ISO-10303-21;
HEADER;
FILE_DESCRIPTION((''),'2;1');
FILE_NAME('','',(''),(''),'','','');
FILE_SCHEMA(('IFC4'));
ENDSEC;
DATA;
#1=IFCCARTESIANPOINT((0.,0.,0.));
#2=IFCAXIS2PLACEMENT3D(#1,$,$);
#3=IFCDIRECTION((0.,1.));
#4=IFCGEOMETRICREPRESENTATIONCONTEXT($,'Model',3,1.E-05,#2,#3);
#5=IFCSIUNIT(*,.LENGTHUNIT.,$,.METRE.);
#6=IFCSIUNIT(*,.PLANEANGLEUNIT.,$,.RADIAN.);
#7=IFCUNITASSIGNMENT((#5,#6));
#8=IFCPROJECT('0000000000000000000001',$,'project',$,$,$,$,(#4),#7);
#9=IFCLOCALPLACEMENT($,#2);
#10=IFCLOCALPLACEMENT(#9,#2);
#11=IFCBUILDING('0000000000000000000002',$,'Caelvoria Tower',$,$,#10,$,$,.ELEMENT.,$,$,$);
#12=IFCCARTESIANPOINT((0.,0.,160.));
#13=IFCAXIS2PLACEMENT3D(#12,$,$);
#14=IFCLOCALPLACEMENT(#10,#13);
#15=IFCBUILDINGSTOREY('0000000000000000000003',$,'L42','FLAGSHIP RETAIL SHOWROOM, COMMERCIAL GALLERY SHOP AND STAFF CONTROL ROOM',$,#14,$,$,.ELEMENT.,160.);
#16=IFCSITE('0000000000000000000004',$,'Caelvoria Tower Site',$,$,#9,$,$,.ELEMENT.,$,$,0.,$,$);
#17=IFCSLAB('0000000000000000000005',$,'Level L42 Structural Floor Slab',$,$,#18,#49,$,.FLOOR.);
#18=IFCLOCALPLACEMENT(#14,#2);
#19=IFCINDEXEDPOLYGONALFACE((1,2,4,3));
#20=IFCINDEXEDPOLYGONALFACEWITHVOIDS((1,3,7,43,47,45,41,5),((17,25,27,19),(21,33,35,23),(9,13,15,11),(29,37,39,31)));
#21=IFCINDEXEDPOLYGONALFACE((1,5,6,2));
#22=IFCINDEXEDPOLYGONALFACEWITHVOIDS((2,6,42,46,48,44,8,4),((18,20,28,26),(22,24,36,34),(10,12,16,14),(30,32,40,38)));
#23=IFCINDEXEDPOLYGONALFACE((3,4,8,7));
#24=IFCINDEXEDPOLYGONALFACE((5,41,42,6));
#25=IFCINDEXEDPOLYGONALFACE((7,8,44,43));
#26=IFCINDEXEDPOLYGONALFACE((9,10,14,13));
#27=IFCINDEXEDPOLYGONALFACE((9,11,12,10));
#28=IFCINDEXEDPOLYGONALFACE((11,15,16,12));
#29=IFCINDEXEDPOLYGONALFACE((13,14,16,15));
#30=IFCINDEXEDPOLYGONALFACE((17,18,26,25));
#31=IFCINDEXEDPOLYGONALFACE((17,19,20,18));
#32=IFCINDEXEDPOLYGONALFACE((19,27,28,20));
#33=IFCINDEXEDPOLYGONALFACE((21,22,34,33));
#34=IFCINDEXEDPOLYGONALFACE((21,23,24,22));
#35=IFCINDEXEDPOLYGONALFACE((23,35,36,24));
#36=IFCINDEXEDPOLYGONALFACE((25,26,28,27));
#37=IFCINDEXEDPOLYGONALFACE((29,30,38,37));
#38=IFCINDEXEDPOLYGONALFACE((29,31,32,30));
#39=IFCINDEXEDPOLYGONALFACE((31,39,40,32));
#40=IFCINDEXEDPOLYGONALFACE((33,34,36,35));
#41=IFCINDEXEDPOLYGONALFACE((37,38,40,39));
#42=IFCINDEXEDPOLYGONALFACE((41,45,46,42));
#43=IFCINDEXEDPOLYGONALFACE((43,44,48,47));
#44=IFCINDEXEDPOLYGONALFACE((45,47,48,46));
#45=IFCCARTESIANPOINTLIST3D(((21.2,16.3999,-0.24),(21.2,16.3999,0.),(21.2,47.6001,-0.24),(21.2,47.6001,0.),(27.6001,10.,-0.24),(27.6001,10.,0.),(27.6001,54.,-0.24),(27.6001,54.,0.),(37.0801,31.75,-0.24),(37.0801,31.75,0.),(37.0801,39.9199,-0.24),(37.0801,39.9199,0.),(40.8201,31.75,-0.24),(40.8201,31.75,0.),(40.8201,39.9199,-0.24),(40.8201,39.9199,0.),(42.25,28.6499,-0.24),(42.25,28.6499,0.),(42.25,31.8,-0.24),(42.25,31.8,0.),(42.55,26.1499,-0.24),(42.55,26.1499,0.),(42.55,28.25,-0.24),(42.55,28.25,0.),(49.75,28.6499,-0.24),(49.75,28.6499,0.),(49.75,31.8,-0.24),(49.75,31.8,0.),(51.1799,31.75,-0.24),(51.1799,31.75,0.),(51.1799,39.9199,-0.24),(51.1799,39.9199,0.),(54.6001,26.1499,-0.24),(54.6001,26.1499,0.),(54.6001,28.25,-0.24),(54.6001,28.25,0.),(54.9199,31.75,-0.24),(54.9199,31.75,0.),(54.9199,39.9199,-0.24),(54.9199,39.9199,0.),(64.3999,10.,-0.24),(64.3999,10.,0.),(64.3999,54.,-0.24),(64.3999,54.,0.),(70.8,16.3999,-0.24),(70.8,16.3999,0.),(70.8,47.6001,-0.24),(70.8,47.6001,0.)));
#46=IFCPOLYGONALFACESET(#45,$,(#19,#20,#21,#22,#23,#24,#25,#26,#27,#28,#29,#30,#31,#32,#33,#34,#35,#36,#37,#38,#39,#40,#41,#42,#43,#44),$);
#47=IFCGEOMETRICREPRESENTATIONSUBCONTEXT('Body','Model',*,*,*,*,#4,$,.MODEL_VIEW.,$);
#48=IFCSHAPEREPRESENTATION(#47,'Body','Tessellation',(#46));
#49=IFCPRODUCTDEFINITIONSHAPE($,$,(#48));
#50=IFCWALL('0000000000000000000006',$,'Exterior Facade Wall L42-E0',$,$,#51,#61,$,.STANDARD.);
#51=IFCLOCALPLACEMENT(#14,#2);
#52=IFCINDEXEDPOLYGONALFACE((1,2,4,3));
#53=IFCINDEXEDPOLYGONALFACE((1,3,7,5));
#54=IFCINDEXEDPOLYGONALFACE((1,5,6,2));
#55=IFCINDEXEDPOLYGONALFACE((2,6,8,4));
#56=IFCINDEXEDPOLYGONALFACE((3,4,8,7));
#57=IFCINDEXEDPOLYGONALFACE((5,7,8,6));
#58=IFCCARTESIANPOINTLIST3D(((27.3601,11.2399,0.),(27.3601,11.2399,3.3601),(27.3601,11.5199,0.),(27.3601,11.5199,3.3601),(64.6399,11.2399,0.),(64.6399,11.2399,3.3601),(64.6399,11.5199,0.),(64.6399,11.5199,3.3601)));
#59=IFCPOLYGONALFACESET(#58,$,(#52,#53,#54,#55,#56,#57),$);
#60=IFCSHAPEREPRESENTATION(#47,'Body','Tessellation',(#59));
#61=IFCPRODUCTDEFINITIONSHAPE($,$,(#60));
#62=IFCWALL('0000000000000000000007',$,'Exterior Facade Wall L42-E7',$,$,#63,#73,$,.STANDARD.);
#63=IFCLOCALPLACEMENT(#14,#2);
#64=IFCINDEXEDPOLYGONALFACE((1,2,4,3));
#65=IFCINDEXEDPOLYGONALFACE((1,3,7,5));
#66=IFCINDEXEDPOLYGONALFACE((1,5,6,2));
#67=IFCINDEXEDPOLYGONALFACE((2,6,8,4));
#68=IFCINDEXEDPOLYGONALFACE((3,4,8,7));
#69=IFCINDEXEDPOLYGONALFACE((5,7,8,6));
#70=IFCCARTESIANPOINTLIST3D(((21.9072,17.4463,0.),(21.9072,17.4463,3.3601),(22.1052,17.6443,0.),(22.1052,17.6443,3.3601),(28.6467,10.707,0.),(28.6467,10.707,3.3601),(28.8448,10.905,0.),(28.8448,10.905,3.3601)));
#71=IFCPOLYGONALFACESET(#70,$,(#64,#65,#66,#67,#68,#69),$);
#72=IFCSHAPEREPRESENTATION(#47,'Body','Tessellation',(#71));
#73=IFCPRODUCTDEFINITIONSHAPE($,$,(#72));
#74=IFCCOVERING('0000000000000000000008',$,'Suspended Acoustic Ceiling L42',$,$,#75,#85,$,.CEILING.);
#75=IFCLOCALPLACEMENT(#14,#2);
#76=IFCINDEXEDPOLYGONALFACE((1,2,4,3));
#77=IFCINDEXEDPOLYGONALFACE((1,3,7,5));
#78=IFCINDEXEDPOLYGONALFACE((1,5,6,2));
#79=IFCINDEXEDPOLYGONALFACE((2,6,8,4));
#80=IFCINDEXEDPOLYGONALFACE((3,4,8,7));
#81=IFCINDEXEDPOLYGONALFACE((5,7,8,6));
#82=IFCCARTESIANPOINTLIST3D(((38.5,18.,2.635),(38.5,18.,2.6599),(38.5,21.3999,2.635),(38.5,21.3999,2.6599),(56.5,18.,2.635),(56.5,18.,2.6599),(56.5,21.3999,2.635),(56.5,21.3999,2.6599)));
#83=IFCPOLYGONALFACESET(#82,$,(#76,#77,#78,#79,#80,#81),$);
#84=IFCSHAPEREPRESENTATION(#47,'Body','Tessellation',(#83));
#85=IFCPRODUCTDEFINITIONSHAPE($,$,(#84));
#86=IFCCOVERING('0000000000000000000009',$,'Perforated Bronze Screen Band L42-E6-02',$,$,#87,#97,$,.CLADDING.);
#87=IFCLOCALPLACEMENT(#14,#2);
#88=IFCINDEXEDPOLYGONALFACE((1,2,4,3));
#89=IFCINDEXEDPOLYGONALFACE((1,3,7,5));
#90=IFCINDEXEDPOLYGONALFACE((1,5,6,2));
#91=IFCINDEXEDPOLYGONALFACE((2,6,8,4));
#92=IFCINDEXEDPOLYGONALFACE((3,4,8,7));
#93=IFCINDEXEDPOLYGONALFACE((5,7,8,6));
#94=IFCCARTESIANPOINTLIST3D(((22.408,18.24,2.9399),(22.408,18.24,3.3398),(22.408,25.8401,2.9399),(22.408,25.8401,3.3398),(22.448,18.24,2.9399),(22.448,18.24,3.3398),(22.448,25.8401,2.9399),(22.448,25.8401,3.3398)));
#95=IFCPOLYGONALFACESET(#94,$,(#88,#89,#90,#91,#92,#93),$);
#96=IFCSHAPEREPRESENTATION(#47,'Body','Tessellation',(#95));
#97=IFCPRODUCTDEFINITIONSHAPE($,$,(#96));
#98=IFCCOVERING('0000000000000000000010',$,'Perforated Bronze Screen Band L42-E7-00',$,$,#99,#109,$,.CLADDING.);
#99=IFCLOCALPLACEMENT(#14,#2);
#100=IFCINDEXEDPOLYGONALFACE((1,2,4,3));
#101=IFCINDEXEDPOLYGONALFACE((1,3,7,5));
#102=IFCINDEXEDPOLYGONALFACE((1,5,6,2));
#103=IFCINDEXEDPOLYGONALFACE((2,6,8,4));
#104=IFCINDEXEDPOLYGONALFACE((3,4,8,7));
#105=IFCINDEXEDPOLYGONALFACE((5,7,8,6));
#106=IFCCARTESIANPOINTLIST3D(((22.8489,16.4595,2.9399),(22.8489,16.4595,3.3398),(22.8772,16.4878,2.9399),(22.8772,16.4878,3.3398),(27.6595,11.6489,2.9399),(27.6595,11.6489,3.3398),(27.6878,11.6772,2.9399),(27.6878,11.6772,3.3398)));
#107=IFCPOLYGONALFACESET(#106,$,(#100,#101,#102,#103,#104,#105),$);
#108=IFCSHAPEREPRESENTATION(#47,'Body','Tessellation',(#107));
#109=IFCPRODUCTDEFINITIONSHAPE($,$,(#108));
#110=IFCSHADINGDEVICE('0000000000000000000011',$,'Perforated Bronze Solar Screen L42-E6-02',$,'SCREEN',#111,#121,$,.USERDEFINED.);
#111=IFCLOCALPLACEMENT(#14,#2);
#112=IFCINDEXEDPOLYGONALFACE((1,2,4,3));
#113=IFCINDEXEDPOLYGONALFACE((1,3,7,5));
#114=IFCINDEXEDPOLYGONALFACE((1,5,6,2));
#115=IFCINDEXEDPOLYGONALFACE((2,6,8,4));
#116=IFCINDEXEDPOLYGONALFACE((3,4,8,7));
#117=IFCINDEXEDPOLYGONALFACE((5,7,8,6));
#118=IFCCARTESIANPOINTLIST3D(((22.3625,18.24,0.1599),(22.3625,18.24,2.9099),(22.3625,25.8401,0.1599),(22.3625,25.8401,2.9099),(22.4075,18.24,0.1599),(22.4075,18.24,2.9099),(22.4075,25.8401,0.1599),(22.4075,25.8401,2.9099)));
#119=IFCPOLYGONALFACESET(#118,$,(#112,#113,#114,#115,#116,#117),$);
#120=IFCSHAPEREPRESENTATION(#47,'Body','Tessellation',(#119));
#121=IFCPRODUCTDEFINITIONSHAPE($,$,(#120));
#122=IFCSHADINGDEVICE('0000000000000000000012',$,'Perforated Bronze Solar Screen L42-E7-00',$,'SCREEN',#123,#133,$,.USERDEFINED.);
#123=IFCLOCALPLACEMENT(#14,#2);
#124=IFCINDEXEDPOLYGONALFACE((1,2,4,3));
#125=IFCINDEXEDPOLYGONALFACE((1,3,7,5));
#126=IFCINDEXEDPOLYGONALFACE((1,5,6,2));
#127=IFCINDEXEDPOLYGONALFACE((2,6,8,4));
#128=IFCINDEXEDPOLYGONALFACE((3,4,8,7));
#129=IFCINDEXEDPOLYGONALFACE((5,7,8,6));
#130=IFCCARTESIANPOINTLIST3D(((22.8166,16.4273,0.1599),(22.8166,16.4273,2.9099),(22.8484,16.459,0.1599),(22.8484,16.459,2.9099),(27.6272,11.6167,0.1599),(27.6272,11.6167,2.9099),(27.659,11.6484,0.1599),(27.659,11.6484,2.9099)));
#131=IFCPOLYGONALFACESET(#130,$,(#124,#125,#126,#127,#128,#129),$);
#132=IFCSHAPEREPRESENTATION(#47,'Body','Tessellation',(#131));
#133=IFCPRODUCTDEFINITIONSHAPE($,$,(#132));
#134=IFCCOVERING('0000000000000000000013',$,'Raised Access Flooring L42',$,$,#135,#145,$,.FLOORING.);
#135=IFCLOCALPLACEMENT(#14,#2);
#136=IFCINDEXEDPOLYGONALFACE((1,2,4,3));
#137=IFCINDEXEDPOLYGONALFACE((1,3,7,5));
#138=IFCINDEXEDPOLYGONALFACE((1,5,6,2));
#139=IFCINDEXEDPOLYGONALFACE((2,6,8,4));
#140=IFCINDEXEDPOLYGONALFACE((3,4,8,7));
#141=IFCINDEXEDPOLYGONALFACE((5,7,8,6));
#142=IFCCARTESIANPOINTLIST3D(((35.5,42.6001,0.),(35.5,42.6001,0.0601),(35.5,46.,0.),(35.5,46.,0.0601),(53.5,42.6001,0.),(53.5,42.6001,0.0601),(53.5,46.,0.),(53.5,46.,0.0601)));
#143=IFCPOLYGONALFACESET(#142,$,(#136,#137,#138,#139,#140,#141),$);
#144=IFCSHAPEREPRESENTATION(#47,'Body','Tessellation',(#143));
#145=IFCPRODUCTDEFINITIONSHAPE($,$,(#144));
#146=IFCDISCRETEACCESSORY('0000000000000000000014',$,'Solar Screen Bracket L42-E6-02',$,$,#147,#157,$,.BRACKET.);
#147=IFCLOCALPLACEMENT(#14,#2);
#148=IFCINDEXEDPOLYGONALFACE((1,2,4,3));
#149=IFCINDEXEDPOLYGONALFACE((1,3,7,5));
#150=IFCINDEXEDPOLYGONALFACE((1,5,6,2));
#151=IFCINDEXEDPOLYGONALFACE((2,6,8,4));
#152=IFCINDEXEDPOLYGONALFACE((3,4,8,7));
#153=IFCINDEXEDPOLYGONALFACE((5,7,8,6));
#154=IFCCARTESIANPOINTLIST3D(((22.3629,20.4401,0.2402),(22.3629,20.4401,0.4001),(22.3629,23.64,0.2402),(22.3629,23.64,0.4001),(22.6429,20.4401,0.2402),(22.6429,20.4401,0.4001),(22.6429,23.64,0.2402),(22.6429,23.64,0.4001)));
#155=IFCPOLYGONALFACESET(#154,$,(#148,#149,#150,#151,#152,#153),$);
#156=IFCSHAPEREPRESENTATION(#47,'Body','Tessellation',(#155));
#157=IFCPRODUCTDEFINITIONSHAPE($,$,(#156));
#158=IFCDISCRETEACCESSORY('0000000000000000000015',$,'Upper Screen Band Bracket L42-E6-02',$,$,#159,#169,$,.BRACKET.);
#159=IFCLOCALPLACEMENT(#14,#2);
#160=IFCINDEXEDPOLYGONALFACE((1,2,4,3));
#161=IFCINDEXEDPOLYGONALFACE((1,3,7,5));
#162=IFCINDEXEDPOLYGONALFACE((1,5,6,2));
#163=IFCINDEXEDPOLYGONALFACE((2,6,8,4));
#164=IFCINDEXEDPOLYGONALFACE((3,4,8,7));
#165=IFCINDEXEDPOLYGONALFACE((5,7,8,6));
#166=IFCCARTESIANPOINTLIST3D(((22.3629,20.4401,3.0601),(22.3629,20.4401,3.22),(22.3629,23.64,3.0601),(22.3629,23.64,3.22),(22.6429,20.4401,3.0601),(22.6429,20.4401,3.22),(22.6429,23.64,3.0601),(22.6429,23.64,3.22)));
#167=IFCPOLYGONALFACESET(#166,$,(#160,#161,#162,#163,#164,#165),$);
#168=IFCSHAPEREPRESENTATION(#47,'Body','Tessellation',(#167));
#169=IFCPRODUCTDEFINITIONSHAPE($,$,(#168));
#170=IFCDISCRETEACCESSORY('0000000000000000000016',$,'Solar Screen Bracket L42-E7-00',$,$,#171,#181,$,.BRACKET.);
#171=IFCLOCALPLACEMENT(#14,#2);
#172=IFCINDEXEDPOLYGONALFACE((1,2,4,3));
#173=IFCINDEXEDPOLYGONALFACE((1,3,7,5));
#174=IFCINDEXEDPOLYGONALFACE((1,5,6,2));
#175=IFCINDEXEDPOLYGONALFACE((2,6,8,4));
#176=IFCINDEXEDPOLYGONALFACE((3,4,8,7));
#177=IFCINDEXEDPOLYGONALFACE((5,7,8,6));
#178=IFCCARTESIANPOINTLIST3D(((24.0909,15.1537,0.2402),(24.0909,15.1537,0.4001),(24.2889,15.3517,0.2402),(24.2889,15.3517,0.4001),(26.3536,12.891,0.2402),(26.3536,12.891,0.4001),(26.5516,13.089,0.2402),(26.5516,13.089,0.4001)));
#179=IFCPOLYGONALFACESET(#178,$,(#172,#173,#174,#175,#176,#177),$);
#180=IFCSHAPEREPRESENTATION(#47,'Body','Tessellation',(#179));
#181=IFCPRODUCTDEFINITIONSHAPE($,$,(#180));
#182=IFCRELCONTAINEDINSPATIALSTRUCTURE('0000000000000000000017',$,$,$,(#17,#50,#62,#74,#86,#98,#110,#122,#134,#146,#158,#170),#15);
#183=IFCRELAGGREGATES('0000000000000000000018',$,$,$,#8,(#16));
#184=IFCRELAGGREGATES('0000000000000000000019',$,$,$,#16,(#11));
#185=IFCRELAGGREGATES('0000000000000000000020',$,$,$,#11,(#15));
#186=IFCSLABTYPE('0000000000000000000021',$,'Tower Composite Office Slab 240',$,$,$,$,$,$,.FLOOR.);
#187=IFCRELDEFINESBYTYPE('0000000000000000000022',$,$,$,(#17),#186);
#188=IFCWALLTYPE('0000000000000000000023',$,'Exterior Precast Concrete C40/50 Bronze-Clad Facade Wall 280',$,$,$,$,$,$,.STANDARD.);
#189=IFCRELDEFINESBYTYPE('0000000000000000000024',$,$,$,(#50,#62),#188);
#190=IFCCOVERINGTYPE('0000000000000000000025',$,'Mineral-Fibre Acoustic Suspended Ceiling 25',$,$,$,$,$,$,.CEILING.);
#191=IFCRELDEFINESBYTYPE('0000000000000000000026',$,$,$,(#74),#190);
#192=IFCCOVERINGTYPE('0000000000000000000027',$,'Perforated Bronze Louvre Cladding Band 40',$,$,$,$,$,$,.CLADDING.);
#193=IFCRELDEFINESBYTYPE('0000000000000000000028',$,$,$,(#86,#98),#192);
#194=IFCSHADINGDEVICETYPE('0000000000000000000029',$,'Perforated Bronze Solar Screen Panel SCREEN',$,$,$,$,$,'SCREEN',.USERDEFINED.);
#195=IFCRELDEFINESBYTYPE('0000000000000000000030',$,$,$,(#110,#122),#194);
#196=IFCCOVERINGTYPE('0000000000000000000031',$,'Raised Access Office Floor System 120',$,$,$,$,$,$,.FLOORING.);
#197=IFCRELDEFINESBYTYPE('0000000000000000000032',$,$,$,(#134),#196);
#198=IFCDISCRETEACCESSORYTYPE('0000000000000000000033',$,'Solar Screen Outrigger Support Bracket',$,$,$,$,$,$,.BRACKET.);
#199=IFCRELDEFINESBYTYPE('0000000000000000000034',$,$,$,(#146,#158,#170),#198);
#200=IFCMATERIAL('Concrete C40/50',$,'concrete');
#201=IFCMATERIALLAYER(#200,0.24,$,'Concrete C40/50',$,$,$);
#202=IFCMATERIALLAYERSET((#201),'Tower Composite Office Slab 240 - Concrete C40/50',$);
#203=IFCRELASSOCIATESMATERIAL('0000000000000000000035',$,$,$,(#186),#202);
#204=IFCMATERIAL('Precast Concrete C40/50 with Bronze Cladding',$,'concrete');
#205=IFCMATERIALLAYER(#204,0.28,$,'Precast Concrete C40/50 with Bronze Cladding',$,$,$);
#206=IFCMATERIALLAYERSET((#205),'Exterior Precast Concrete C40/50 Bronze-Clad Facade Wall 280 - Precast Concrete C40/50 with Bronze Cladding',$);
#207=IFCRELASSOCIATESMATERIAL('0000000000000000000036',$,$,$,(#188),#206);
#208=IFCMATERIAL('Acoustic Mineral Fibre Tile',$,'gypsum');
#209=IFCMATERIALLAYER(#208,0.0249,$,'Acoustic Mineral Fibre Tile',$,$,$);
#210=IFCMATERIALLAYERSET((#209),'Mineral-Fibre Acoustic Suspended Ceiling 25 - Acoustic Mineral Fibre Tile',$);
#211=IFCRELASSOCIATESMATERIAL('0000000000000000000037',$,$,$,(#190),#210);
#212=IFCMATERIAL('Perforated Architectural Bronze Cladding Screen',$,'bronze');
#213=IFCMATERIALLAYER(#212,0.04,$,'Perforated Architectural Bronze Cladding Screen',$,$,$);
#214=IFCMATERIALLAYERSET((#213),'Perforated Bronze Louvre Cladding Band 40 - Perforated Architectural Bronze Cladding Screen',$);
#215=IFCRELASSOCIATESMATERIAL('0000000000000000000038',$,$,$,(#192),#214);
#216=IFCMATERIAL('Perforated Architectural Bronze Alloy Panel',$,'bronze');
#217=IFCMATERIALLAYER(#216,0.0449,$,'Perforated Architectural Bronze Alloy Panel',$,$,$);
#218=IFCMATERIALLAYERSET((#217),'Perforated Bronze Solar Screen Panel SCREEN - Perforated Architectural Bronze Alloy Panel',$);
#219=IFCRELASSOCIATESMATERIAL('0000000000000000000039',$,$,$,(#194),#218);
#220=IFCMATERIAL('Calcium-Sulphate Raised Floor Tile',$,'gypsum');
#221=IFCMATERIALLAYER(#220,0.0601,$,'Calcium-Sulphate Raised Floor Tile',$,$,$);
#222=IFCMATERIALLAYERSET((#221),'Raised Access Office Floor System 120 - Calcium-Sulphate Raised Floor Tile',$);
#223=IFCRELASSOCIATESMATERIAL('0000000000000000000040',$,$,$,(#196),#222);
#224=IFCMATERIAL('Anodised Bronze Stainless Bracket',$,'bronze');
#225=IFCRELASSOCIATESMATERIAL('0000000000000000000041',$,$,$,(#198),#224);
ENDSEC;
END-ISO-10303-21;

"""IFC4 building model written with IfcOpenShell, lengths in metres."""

from ifc_helpers import new_model, si_unit, direction, frame, frame_2d, origin, origin_2d, place, context, subcontext, project, spatial, polyline, rectangle, outline, extrude, material, layer, layer_set, type_object, element, save


model = new_model("IFC4")

# Units and contexts
model_context = context("Model", 3, precision=1e-05, world=origin(), true_north=direction((0.0, 1.0)))
body_context = subcontext(model_context, "Body", "Model", "MODEL_VIEW")
ifc_project = project(units=[si_unit("LENGTHUNIT", "METRE"), si_unit("PLANEANGLEUNIT", "RADIAN")], contexts=[model_context])

# Site, building, storey
site_placement = place(None, origin())
site = spatial("IfcSite", under=ifc_project, at=site_placement, Name="Caelvoria Tower Site", CompositionType="ELEMENT", RefElevation=0.0)
building_placement = place(site_placement, origin())
building = spatial("IfcBuilding", under=site, at=building_placement, Name="Caelvoria Tower", CompositionType="ELEMENT")
storey_placement = place(building_placement, frame((0.0, 0.0, 160.0)))
storey = spatial("IfcBuildingStorey", under=building, at=storey_placement, Name="L42", Description="FLAGSHIP RETAIL SHOWROOM, COMMERCIAL GALLERY SHOP AND STAFF CONTROL ROOM", CompositionType="ELEMENT", Elevation=160.0)

# Shared definitions
ifc_material_1 = material(Name="Concrete C40/50", Category="concrete")

# Slab
ifc_layer_1 = layer(ifc_material_1, 0.24, Name="Concrete C40/50")
ifc_layer_set_1 = layer_set([ifc_layer_1], Name="Tower Composite Office Slab 240 - Concrete C40/50")
slab_type_1 = type_object("IfcSlabType", Name="Tower Composite Office Slab 240", PredefinedType="FLOOR", material=ifc_layer_set_1)
slab_1_placement = place(storey_placement, frame((0.0, 0.0, -0.24)))
element("IfcSlab", 1, at=slab_1_placement, inside=storey, type_object=slab_type_1, Name="Level L42 Structural Floor Slab", PredefinedType="FLOOR", context=body_context, shape_type="SweptSolid", body=[
    extrude(outline(polyline([(27.6001, 10.0), (64.3999, 10.0), (70.8, 16.3999), (70.8, 47.6001), (64.3999, 54.0), (27.6001, 54.0), (21.2, 47.6001), (21.2, 16.3999), (27.6001, 10.0)]), holes=[polyline([(37.0801, 31.75), (40.8201, 31.75), (40.8201, 39.9199), (37.0801, 39.9199), (37.0801, 31.75)]), polyline([(51.1799, 31.75), (54.9199, 31.75), (54.9199, 39.9199), (51.1799, 39.9199), (51.1799, 31.75)]), polyline([(42.25, 28.6499), (49.75, 28.6499), (49.75, 31.8), (42.25, 31.8), (42.25, 28.6499)]), polyline([(42.55, 26.1499), (54.6001, 26.1499), (54.6001, 28.25), (42.55, 28.25), (42.55, 26.1499)])]), origin(), (0.0, 0.0, 1.0), 0.24),
])

# Walls
ifc_material_2 = material(Name="Precast Concrete C40/50 with Bronze Cladding", Category="concrete")
ifc_layer_2 = layer(ifc_material_2, 0.28, Name="Precast Concrete C40/50 with Bronze Cladding")
ifc_layer_set_2 = layer_set([ifc_layer_2], Name="Exterior Precast Concrete C40/50 Bronze-Clad Facade Wall 280 - Precast Concrete C40/50 with Bronze Cladding")
wall_type = type_object("IfcWallType", Name="Exterior Precast Concrete C40/50 Bronze-Clad Facade Wall 280", PredefinedType="STANDARD", material=ifc_layer_set_2)
wall_1_placement = place(storey_placement, frame((27.3601, 11.3799, 0.0), z_axis=(0.0, 0.0, 1.0), x_axis=(1.0, 0.0, 0.0)))
element("IfcWall", 2, at=wall_1_placement, inside=storey, type_object=wall_type, Name="Exterior Facade Wall L42-E0", PredefinedType="STANDARD", context=body_context, shape_type="SweptSolid", body=[
    extrude(rectangle(XDim=37.2798, YDim=0.28, at=frame_2d((18.6399, 0.0))), origin(), (0.0, 0.0, 1.0), 3.3601),
])
wall_2_placement = place(storey_placement, frame((22.0061, 17.5454, 0.0), z_axis=(0.0, 0.0, 1.0), x_axis=(0.70712, -0.707094, 0.0)))
element("IfcWall", 3, at=wall_2_placement, inside=storey, type_object=wall_type, Name="Exterior Facade Wall L42-E7", PredefinedType="STANDARD", context=body_context, shape_type="SweptSolid", body=[
    extrude(rectangle(XDim=9.531, YDim=0.28, at=frame_2d((4.7656, 0.0))), origin(), (0.0, 0.0, 1.0), 3.3601),
])

# Coverings
ifc_material_3 = material(Name="Acoustic Mineral Fibre Tile", Category="gypsum")
ifc_layer_3 = layer(ifc_material_3, 0.0249, Name="Acoustic Mineral Fibre Tile")
ifc_layer_set_3 = layer_set([ifc_layer_3], Name="Mineral-Fibre Acoustic Suspended Ceiling 25 - Acoustic Mineral Fibre Tile")
covering_type_1 = type_object("IfcCoveringType", Name="Mineral-Fibre Acoustic Suspended Ceiling 25", PredefinedType="CEILING", material=ifc_layer_set_3)
covering_1_placement = place(storey_placement, frame((0.0, 0.0, 2.635)))
element("IfcCovering", 4, at=covering_1_placement, inside=storey, type_object=covering_type_1, Name="Suspended Acoustic Ceiling L42", PredefinedType="CEILING", context=body_context, shape_type="SweptSolid", body=[
    extrude(outline(polyline([(38.5, 18.0), (56.5, 18.0), (56.5, 21.3999), (38.5, 21.3999), (38.5, 18.0)])), origin(), (0.0, 0.0, 1.0), 0.0249),
])
ifc_material_4 = material(Name="Perforated Architectural Bronze Cladding Screen", Category="bronze")
ifc_layer_4 = layer(ifc_material_4, 0.04, Name="Perforated Architectural Bronze Cladding Screen")
ifc_layer_set_4 = layer_set([ifc_layer_4], Name="Perforated Bronze Louvre Cladding Band 40 - Perforated Architectural Bronze Cladding Screen")
covering_type_2 = type_object("IfcCoveringType", Name="Perforated Bronze Louvre Cladding Band 40", PredefinedType="CLADDING", material=ifc_layer_set_4)
covering_2_placement = place(storey_placement, frame((22.428, 22.04, 2.9399), z_axis=(0.0, 0.0, 1.0), x_axis=(0.0, -1.0, 0.0)))
element("IfcCovering", 5, at=covering_2_placement, inside=storey, type_object=covering_type_2, Name="Perforated Bronze Screen Band L42-E6-02", PredefinedType="CLADDING", context=body_context, shape_type="SweptSolid", body=[
    extrude(rectangle(XDim=7.6001, YDim=0.04, at=origin_2d()), origin(), (0.0, 0.0, 1.0), 0.3999),
])
covering_3_placement = place(storey_placement, frame((25.2683, 14.0684, 2.9399), z_axis=(0.0, 0.0, 1.0), x_axis=(0.707107, -0.707107, 0.0)))
element("IfcCovering", 6, at=covering_3_placement, inside=storey, type_object=covering_type_2, Name="Perforated Bronze Screen Band L42-E7-00", PredefinedType="CLADDING", context=body_context, shape_type="SweptSolid", body=[
    extrude(rectangle(XDim=6.8032, YDim=0.04, at=origin_2d()), origin(), (0.0, 0.0, 1.0), 0.3999),
])

# Shading devices
ifc_material_5 = material(Name="Perforated Architectural Bronze Alloy Panel", Category="bronze")
ifc_layer_5 = layer(ifc_material_5, 0.0449, Name="Perforated Architectural Bronze Alloy Panel")
ifc_layer_set_5 = layer_set([ifc_layer_5], Name="Perforated Bronze Solar Screen Panel SCREEN - Perforated Architectural Bronze Alloy Panel")
shading_device_type = type_object("IfcShadingDeviceType", Name="Perforated Bronze Solar Screen Panel SCREEN", ElementType="SCREEN", PredefinedType="USERDEFINED", material=ifc_layer_set_5)
shading_device_1_placement = place(storey_placement, frame((22.385, 22.04, 0.1599), z_axis=(0.0, 0.0, 1.0), x_axis=(0.0, -1.0, 0.0)))
element("IfcShadingDevice", 7, at=shading_device_1_placement, inside=storey, type_object=shading_device_type, Name="Perforated Bronze Solar Screen L42-E6-02", ObjectType="SCREEN", PredefinedType="USERDEFINED", context=body_context, shape_type="SweptSolid", body=[
    extrude(rectangle(XDim=7.6001, YDim=0.0449, at=origin_2d()), origin(), (0.0, 0.0, 1.0), 2.75),
])
shading_device_2_placement = place(storey_placement, frame((25.2378, 14.0378, 0.1599), z_axis=(0.0, 0.0, 1.0), x_axis=(0.707107, -0.707107, 0.0)))
element("IfcShadingDevice", 8, at=shading_device_2_placement, inside=storey, type_object=shading_device_type, Name="Perforated Bronze Solar Screen L42-E7-00", ObjectType="SCREEN", PredefinedType="USERDEFINED", context=body_context, shape_type="SweptSolid", body=[
    extrude(rectangle(XDim=6.8032, YDim=0.0449, at=origin_2d()), origin(), (0.0, 0.0, 1.0), 2.75),
])

# Covering
ifc_material_6 = material(Name="Calcium-Sulphate Raised Floor Tile", Category="gypsum")
ifc_layer_6 = layer(ifc_material_6, 0.0601, Name="Calcium-Sulphate Raised Floor Tile")
ifc_layer_set_6 = layer_set([ifc_layer_6], Name="Raised Access Office Floor System 120 - Calcium-Sulphate Raised Floor Tile")
covering_type_3 = type_object("IfcCoveringType", Name="Raised Access Office Floor System 120", PredefinedType="FLOORING", material=ifc_layer_set_6)
covering_4_placement = place(storey_placement, origin())
element("IfcCovering", 9, at=covering_4_placement, inside=storey, type_object=covering_type_3, Name="Raised Access Flooring L42", PredefinedType="FLOORING", context=body_context, shape_type="SweptSolid", body=[
    extrude(outline(polyline([(35.5, 42.6001), (53.5, 42.6001), (53.5, 46.0), (35.5, 46.0), (35.5, 42.6001)])), origin(), (0.0, 0.0, 1.0), 0.0601),
])

# Discrete accessories
ifc_material_7 = material(Name="Anodised Bronze Stainless Bracket", Category="bronze")
discrete_accessory_type = type_object("IfcDiscreteAccessoryType", Name="Solar Screen Outrigger Support Bracket", PredefinedType="BRACKET", material=ifc_material_7)
for number, where, z_axis, x_axis, name in (
    (10, (22.5029, 22.04, 0.2402), (0.0, 0.0, 1.0), (0.0, -1.0, 0.0), "Solar Screen Bracket L42-E6-02"),
    (11, (22.5029, 22.04, 3.0601), (0.0, 0.0, 1.0), (0.0, -1.0, 0.0), "Upper Screen Band Bracket L42-E6-02"),
    (12, (25.3213, 14.1213, 0.2402), (0.0, 0.0, 1.0), (0.707107, -0.707107, 0.0), "Solar Screen Bracket L42-E7-00"),
):
    element("IfcDiscreteAccessory", number, at=place(storey_placement, frame(where, z_axis=z_axis, x_axis=x_axis)), inside=storey, type_object=discrete_accessory_type, Name=name, PredefinedType="BRACKET", context=body_context, shape_type="SweptSolid", body=[
        extrude(rectangle(XDim=3.2, YDim=0.28, at=origin_2d()), origin(), (0.0, 0.0, 1.0), 0.1599),
    ])

save(model, "model.ifc")
